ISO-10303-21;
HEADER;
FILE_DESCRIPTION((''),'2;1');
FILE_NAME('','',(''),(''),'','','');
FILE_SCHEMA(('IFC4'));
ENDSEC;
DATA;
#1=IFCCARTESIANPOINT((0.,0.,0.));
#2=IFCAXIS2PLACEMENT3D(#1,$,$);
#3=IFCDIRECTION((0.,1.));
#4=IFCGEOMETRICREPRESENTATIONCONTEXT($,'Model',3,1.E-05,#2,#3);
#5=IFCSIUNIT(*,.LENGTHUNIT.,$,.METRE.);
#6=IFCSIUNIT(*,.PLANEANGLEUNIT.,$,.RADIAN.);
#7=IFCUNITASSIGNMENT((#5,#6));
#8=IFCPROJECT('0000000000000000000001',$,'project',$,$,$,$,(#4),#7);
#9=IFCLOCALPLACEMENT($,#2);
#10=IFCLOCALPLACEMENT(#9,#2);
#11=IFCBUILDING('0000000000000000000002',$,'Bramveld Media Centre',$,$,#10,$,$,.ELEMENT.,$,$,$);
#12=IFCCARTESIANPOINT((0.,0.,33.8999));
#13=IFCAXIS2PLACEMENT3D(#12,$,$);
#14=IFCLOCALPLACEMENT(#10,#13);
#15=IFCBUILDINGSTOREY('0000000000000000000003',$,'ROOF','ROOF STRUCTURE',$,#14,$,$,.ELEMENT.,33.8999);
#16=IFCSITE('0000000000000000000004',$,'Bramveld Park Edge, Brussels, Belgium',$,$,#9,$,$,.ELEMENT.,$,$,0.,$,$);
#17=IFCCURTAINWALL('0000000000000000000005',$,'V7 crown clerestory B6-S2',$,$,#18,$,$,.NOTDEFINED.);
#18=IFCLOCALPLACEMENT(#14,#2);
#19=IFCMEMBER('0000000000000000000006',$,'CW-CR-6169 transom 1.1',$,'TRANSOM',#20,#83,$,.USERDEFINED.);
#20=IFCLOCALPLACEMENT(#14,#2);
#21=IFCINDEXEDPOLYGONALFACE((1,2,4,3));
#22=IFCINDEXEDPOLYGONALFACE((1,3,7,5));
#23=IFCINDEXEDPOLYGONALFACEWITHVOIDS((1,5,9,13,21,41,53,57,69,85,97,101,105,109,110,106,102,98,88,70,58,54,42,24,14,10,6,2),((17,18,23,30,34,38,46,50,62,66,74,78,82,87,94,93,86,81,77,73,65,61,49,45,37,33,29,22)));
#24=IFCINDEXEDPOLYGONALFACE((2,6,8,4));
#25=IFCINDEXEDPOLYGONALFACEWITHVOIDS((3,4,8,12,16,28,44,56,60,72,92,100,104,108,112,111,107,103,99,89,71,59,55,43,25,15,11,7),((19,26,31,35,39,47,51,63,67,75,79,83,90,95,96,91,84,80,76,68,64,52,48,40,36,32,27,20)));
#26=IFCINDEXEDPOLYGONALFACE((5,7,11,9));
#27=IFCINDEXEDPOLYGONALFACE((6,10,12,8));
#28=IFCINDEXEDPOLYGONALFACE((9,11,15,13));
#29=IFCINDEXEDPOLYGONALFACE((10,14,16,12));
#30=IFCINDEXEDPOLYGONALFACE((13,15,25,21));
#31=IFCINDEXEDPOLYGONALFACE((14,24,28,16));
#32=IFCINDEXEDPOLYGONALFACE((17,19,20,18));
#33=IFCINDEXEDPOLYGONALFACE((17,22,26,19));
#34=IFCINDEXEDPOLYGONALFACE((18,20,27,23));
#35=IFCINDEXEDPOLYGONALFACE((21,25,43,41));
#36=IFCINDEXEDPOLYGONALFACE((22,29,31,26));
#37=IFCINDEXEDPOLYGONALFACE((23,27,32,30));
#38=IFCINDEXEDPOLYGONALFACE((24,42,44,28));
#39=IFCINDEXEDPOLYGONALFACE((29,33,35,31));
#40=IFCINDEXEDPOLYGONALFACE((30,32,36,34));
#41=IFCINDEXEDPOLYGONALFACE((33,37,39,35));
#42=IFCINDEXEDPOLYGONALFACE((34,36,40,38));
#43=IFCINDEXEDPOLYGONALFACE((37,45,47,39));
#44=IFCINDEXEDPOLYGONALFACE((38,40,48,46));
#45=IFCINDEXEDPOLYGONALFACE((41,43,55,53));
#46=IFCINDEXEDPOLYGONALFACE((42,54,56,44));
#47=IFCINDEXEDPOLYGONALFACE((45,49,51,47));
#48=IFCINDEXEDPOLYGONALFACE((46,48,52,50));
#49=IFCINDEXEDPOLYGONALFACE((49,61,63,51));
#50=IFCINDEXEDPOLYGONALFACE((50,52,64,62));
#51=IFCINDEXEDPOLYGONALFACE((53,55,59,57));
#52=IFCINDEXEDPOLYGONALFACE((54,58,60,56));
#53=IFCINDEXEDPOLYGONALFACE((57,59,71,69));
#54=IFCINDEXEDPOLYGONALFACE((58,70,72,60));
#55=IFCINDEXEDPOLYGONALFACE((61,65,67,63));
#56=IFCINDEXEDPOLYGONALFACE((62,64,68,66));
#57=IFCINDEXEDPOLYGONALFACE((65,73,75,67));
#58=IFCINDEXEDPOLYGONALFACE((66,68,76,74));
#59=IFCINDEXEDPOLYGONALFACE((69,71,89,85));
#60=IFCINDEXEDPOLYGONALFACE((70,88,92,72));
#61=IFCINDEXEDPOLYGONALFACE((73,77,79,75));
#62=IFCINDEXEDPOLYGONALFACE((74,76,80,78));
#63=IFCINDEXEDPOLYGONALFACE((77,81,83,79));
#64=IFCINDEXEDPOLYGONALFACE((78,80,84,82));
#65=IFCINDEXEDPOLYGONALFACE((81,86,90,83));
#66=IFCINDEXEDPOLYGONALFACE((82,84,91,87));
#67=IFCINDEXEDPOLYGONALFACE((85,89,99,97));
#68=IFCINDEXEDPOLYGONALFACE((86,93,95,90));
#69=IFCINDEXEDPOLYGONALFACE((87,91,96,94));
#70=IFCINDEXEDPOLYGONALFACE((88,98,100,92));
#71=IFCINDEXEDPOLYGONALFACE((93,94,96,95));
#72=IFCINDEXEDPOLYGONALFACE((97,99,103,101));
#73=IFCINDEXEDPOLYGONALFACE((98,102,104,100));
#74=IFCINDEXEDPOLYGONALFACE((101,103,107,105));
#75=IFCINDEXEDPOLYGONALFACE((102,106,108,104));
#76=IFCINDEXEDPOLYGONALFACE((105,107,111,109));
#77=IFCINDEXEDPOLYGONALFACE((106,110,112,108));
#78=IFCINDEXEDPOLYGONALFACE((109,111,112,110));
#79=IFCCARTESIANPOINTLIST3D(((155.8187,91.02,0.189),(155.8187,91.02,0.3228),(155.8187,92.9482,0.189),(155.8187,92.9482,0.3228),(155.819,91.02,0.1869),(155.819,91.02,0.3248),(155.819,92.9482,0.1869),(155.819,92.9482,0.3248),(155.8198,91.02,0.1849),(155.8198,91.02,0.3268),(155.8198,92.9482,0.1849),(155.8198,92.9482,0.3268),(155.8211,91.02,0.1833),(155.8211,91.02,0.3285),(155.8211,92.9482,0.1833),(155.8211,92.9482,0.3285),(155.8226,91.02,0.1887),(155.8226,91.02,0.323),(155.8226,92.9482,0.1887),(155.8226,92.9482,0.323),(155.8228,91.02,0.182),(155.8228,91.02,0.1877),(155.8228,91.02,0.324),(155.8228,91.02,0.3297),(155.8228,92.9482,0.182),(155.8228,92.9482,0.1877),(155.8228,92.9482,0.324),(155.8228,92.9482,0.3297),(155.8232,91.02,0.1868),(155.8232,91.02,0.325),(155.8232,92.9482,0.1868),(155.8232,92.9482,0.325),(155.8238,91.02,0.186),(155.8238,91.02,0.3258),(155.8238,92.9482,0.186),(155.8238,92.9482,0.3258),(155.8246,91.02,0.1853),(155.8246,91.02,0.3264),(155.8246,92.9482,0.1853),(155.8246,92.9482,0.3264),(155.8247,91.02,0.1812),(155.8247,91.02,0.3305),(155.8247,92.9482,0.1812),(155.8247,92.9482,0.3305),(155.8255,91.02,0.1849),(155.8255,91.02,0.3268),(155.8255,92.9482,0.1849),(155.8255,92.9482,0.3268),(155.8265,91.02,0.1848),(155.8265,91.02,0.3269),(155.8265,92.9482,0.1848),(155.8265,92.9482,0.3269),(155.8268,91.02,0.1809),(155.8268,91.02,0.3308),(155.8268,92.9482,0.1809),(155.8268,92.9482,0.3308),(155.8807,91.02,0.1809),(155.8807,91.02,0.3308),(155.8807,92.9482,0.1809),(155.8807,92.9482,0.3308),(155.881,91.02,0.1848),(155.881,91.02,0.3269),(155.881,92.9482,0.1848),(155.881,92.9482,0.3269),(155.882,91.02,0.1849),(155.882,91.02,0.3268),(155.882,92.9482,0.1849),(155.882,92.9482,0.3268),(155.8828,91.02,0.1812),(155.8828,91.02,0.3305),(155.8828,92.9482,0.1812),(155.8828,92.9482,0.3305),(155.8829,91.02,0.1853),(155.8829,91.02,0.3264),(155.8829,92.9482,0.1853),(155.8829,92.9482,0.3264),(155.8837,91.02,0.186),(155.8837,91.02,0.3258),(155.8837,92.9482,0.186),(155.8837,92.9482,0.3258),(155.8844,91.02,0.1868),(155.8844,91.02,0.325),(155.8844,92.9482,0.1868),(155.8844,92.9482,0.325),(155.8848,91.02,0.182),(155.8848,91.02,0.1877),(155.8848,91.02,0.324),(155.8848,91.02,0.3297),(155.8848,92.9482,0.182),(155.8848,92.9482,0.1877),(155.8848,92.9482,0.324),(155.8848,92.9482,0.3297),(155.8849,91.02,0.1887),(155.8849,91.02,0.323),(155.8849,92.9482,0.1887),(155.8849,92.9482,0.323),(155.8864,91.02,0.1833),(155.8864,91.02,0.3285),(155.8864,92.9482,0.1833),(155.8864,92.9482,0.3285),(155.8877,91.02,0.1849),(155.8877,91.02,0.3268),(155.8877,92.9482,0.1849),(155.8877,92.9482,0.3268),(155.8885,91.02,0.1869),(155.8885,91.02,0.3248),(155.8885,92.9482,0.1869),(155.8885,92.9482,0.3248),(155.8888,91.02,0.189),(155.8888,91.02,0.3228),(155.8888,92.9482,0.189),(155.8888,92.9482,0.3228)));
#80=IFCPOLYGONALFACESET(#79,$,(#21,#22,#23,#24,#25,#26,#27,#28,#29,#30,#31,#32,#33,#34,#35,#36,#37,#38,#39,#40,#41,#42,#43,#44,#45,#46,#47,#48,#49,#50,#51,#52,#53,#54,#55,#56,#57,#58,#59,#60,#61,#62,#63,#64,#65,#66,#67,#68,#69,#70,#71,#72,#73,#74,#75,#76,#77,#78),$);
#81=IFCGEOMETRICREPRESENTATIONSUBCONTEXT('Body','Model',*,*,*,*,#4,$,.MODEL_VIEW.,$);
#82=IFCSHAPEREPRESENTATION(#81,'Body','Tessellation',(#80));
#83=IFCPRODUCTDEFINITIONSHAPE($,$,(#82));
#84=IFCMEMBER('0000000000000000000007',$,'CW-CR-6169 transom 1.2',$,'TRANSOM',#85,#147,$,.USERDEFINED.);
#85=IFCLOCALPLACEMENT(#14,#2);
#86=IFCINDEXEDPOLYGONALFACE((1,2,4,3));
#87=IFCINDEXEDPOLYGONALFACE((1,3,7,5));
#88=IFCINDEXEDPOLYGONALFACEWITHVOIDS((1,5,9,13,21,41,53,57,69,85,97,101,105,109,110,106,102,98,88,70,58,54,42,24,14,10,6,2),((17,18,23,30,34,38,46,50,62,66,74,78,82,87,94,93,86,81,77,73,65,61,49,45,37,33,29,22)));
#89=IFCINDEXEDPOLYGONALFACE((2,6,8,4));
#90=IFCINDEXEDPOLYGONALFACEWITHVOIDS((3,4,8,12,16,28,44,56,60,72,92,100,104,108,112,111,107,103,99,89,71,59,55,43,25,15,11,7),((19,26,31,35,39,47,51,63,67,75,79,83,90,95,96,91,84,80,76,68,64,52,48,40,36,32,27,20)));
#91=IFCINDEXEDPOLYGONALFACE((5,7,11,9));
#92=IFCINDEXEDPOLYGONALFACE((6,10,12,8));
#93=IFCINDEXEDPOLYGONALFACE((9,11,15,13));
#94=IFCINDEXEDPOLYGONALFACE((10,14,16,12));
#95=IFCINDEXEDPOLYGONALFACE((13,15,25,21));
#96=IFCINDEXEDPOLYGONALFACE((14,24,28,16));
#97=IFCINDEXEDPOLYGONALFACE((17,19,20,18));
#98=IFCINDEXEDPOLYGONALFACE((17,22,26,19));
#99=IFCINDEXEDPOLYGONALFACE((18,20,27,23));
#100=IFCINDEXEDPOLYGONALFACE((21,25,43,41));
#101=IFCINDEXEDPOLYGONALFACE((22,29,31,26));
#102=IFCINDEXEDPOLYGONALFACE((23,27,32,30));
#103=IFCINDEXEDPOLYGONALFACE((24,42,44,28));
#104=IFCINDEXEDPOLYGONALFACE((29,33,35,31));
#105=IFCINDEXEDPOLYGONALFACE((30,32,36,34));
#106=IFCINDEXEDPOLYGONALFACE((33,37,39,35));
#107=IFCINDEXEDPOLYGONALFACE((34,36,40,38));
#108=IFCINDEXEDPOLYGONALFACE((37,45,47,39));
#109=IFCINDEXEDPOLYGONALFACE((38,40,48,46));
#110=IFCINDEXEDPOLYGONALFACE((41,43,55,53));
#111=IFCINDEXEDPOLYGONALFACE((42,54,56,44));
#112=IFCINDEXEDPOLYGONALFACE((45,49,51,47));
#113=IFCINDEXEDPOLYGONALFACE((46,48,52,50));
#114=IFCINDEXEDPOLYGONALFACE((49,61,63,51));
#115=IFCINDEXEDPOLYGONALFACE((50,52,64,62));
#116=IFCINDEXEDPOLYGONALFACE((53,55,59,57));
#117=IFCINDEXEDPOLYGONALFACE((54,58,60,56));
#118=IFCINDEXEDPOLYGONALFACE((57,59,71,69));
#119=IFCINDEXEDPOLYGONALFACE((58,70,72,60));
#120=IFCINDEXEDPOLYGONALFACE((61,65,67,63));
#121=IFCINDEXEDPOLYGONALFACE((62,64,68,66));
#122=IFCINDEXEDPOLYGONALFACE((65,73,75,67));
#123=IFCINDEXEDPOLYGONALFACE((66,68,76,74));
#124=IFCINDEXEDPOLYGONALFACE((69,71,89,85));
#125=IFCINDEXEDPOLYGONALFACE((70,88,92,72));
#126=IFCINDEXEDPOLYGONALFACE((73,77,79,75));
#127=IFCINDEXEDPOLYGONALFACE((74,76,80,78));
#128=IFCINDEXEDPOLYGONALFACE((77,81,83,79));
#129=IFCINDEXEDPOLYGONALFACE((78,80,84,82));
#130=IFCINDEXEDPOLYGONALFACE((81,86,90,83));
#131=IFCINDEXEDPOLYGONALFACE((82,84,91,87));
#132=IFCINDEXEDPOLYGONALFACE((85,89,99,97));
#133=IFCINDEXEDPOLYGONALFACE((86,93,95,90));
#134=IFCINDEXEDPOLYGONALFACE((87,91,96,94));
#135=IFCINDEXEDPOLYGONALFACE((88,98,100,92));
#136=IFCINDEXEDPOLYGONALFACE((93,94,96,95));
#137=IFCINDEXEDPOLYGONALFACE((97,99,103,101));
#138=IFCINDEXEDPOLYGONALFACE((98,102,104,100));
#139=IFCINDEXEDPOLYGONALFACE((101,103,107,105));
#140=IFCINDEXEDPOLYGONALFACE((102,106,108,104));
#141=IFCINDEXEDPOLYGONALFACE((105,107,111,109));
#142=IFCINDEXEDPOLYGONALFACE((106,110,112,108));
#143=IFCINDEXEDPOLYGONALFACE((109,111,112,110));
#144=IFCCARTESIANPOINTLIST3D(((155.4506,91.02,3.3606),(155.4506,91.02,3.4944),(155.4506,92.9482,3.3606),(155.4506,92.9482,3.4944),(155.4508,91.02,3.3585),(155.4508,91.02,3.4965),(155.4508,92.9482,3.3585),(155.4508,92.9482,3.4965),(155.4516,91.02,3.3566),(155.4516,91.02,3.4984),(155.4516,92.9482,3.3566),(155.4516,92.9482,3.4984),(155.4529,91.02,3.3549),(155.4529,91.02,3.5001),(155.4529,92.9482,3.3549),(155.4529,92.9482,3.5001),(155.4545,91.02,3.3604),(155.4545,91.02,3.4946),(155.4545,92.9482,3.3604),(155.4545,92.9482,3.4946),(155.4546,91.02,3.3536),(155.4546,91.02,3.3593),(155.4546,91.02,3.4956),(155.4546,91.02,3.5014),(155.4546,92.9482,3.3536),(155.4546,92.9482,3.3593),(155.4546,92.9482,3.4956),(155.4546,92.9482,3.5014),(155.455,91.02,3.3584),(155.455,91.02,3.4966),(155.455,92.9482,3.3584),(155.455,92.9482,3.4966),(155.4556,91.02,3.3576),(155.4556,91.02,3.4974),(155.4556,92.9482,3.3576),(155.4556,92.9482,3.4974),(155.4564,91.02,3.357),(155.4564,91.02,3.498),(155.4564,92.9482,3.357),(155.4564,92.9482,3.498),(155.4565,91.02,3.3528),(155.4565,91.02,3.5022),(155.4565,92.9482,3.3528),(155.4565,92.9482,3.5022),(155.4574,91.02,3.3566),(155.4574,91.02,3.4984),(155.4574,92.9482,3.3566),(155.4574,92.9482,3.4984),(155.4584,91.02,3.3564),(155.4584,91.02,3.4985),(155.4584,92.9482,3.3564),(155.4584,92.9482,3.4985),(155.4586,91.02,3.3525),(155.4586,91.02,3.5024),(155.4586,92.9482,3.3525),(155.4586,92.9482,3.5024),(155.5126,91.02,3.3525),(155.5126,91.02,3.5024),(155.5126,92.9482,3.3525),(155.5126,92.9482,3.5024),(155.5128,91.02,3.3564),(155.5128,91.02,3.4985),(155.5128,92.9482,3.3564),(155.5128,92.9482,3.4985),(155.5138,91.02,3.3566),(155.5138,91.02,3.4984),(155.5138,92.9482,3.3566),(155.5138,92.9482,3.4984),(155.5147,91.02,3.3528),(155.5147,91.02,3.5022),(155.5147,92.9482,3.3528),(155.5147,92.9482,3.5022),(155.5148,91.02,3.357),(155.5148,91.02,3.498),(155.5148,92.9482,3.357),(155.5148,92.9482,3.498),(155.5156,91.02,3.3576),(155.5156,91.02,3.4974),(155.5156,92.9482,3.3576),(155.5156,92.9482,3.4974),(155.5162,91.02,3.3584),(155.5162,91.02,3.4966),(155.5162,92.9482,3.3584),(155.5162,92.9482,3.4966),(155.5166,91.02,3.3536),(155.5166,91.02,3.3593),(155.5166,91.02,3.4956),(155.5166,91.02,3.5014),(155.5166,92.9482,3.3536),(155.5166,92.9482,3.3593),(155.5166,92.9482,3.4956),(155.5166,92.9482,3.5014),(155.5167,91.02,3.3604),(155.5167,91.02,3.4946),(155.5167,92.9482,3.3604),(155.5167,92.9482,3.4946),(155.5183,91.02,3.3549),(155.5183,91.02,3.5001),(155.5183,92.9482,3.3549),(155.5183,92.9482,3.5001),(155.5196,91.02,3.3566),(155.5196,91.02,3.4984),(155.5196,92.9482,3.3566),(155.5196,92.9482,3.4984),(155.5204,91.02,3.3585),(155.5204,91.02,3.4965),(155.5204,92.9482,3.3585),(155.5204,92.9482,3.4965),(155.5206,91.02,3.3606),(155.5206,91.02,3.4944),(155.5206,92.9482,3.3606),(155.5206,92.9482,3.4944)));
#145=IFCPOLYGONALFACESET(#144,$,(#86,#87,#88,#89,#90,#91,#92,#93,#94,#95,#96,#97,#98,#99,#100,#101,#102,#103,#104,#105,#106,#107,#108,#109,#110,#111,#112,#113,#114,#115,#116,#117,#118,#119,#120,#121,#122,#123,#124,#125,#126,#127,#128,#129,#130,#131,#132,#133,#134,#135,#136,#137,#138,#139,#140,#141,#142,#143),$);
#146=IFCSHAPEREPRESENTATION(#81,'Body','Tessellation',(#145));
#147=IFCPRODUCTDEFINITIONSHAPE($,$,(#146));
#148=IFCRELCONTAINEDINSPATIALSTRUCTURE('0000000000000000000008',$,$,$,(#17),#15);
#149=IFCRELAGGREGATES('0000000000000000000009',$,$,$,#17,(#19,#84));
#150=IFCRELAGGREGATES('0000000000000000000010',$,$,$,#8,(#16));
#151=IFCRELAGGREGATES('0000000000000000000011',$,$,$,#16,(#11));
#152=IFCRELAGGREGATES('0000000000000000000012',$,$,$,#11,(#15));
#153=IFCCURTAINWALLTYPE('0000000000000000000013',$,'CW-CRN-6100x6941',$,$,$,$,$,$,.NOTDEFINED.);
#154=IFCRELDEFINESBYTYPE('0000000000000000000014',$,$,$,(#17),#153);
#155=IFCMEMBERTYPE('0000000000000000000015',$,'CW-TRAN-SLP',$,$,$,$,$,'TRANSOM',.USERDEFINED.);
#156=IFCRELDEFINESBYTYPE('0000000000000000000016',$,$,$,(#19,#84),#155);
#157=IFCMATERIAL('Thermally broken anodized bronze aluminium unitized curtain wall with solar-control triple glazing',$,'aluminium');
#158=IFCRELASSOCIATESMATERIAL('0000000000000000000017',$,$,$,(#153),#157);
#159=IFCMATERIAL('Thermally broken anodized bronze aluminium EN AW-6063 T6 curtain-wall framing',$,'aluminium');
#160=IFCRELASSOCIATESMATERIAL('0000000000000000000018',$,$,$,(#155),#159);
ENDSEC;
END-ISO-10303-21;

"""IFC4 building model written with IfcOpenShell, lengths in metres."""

from ifc_helpers import new_model, si_unit, direction, frame, origin, origin_2d, place, context, subcontext, project, spatial, hollow_rectangle, extrude, material, material_profile, profile_set, type_object, element, aggregate, save


model = new_model("IFC4")

# Units and contexts
model_context = context("Model", 3, precision=1e-05, world=origin(), true_north=direction((0.0, 1.0)))
body_context = subcontext(model_context, "Body", "Model", "MODEL_VIEW")
ifc_project = project(units=[si_unit("LENGTHUNIT", "METRE"), si_unit("PLANEANGLEUNIT", "RADIAN")], contexts=[model_context])

# Site, building, storey
site_placement = place(None, origin())
site = spatial("IfcSite", under=ifc_project, at=site_placement, Name="Bramveld Park Edge, Brussels, Belgium", CompositionType="ELEMENT", RefElevation=0.0)
building_placement = place(site_placement, origin())
building = spatial("IfcBuilding", under=site, at=building_placement, Name="Bramveld Media Centre", CompositionType="ELEMENT")
storey_placement = place(building_placement, frame((0.0, 0.0, 33.8999)))
storey = spatial("IfcBuildingStorey", under=building, at=storey_placement, Name="ROOF", Description="ROOF STRUCTURE", CompositionType="ELEMENT", Elevation=33.8999)

# Curtain wall
ifc_material_1 = material(Name="Thermally broken anodized bronze aluminium unitized curtain wall with solar-control triple glazing", Category="aluminium")
curtain_wall_type = type_object("IfcCurtainWallType", Name="CW-CRN-6100x6941", PredefinedType="NOTDEFINED", material=ifc_material_1)
curtain_wall_1_placement = place(storey_placement, origin())
curtain_wall_1 = element("IfcCurtainWall", 1, at=curtain_wall_1_placement, inside=storey, type_object=curtain_wall_type, Name="V7 crown clerestory B6-S2", PredefinedType="NOTDEFINED")

# Members
ifc_material_2 = material(Name="Thermally broken anodized bronze aluminium EN AW-6063 T6 curtain-wall framing", Category="aluminium")
ifc_material_profile_1 = material_profile(ifc_material_2, hollow_rectangle(XDim=0.0701, YDim=0.1499, WallThickness=0.0039, InnerFilletRadius=0.0039, OuterFilletRadius=0.0081, at=origin_2d()), Name="AL-TRAN 70x150")
ifc_profile_set_1 = profile_set([ifc_material_profile_1], Name="Thermally broken anodized bronze aluminium EN AW-6063 T6 curtain-wall framing")
member_type_1 = type_object("IfcMemberType", Name="CW-TRAN-SLP", ElementType="TRANSOM", PredefinedType="USERDEFINED", material=ifc_profile_set_1)
member_1_placement = place(storey_placement, frame((155.8538, 91.02, 0.2559), z_axis=(0.0, 1.0, 0.0), x_axis=(-1.0, 0.0, 0.0)))
member_1 = element("IfcMember", 2, at=member_1_placement, type_object=member_type_1, Name="CW-CR-6169 transom 1.1", ObjectType="TRANSOM", PredefinedType="USERDEFINED", context=body_context, shape_type="SweptSolid", body=[
    extrude(hollow_rectangle(XDim=0.0701, YDim=0.1499, WallThickness=0.0039, InnerFilletRadius=0.0039, OuterFilletRadius=0.0081, at=origin_2d()), origin(), (0.0, 0.0, 1.0), 1.9282),
])
member_2_placement = place(storey_placement, frame((155.4856, 91.02, 3.4275), z_axis=(0.0, 1.0, 0.0), x_axis=(-1.0, 0.0, 0.0)))
member_2 = element("IfcMember", 3, at=member_2_placement, type_object=member_type_1, Name="CW-CR-6169 transom 1.2", ObjectType="TRANSOM", PredefinedType="USERDEFINED", context=body_context, shape_type="SweptSolid", body=[
    extrude(hollow_rectangle(XDim=0.0701, YDim=0.1499, WallThickness=0.0039, InnerFilletRadius=0.0039, OuterFilletRadius=0.0081, at=origin_2d()), origin(), (0.0, 0.0, 1.0), 1.9282),
])

aggregate(curtain_wall_1, [member_1, member_2])

save(model, "model.ifc")
